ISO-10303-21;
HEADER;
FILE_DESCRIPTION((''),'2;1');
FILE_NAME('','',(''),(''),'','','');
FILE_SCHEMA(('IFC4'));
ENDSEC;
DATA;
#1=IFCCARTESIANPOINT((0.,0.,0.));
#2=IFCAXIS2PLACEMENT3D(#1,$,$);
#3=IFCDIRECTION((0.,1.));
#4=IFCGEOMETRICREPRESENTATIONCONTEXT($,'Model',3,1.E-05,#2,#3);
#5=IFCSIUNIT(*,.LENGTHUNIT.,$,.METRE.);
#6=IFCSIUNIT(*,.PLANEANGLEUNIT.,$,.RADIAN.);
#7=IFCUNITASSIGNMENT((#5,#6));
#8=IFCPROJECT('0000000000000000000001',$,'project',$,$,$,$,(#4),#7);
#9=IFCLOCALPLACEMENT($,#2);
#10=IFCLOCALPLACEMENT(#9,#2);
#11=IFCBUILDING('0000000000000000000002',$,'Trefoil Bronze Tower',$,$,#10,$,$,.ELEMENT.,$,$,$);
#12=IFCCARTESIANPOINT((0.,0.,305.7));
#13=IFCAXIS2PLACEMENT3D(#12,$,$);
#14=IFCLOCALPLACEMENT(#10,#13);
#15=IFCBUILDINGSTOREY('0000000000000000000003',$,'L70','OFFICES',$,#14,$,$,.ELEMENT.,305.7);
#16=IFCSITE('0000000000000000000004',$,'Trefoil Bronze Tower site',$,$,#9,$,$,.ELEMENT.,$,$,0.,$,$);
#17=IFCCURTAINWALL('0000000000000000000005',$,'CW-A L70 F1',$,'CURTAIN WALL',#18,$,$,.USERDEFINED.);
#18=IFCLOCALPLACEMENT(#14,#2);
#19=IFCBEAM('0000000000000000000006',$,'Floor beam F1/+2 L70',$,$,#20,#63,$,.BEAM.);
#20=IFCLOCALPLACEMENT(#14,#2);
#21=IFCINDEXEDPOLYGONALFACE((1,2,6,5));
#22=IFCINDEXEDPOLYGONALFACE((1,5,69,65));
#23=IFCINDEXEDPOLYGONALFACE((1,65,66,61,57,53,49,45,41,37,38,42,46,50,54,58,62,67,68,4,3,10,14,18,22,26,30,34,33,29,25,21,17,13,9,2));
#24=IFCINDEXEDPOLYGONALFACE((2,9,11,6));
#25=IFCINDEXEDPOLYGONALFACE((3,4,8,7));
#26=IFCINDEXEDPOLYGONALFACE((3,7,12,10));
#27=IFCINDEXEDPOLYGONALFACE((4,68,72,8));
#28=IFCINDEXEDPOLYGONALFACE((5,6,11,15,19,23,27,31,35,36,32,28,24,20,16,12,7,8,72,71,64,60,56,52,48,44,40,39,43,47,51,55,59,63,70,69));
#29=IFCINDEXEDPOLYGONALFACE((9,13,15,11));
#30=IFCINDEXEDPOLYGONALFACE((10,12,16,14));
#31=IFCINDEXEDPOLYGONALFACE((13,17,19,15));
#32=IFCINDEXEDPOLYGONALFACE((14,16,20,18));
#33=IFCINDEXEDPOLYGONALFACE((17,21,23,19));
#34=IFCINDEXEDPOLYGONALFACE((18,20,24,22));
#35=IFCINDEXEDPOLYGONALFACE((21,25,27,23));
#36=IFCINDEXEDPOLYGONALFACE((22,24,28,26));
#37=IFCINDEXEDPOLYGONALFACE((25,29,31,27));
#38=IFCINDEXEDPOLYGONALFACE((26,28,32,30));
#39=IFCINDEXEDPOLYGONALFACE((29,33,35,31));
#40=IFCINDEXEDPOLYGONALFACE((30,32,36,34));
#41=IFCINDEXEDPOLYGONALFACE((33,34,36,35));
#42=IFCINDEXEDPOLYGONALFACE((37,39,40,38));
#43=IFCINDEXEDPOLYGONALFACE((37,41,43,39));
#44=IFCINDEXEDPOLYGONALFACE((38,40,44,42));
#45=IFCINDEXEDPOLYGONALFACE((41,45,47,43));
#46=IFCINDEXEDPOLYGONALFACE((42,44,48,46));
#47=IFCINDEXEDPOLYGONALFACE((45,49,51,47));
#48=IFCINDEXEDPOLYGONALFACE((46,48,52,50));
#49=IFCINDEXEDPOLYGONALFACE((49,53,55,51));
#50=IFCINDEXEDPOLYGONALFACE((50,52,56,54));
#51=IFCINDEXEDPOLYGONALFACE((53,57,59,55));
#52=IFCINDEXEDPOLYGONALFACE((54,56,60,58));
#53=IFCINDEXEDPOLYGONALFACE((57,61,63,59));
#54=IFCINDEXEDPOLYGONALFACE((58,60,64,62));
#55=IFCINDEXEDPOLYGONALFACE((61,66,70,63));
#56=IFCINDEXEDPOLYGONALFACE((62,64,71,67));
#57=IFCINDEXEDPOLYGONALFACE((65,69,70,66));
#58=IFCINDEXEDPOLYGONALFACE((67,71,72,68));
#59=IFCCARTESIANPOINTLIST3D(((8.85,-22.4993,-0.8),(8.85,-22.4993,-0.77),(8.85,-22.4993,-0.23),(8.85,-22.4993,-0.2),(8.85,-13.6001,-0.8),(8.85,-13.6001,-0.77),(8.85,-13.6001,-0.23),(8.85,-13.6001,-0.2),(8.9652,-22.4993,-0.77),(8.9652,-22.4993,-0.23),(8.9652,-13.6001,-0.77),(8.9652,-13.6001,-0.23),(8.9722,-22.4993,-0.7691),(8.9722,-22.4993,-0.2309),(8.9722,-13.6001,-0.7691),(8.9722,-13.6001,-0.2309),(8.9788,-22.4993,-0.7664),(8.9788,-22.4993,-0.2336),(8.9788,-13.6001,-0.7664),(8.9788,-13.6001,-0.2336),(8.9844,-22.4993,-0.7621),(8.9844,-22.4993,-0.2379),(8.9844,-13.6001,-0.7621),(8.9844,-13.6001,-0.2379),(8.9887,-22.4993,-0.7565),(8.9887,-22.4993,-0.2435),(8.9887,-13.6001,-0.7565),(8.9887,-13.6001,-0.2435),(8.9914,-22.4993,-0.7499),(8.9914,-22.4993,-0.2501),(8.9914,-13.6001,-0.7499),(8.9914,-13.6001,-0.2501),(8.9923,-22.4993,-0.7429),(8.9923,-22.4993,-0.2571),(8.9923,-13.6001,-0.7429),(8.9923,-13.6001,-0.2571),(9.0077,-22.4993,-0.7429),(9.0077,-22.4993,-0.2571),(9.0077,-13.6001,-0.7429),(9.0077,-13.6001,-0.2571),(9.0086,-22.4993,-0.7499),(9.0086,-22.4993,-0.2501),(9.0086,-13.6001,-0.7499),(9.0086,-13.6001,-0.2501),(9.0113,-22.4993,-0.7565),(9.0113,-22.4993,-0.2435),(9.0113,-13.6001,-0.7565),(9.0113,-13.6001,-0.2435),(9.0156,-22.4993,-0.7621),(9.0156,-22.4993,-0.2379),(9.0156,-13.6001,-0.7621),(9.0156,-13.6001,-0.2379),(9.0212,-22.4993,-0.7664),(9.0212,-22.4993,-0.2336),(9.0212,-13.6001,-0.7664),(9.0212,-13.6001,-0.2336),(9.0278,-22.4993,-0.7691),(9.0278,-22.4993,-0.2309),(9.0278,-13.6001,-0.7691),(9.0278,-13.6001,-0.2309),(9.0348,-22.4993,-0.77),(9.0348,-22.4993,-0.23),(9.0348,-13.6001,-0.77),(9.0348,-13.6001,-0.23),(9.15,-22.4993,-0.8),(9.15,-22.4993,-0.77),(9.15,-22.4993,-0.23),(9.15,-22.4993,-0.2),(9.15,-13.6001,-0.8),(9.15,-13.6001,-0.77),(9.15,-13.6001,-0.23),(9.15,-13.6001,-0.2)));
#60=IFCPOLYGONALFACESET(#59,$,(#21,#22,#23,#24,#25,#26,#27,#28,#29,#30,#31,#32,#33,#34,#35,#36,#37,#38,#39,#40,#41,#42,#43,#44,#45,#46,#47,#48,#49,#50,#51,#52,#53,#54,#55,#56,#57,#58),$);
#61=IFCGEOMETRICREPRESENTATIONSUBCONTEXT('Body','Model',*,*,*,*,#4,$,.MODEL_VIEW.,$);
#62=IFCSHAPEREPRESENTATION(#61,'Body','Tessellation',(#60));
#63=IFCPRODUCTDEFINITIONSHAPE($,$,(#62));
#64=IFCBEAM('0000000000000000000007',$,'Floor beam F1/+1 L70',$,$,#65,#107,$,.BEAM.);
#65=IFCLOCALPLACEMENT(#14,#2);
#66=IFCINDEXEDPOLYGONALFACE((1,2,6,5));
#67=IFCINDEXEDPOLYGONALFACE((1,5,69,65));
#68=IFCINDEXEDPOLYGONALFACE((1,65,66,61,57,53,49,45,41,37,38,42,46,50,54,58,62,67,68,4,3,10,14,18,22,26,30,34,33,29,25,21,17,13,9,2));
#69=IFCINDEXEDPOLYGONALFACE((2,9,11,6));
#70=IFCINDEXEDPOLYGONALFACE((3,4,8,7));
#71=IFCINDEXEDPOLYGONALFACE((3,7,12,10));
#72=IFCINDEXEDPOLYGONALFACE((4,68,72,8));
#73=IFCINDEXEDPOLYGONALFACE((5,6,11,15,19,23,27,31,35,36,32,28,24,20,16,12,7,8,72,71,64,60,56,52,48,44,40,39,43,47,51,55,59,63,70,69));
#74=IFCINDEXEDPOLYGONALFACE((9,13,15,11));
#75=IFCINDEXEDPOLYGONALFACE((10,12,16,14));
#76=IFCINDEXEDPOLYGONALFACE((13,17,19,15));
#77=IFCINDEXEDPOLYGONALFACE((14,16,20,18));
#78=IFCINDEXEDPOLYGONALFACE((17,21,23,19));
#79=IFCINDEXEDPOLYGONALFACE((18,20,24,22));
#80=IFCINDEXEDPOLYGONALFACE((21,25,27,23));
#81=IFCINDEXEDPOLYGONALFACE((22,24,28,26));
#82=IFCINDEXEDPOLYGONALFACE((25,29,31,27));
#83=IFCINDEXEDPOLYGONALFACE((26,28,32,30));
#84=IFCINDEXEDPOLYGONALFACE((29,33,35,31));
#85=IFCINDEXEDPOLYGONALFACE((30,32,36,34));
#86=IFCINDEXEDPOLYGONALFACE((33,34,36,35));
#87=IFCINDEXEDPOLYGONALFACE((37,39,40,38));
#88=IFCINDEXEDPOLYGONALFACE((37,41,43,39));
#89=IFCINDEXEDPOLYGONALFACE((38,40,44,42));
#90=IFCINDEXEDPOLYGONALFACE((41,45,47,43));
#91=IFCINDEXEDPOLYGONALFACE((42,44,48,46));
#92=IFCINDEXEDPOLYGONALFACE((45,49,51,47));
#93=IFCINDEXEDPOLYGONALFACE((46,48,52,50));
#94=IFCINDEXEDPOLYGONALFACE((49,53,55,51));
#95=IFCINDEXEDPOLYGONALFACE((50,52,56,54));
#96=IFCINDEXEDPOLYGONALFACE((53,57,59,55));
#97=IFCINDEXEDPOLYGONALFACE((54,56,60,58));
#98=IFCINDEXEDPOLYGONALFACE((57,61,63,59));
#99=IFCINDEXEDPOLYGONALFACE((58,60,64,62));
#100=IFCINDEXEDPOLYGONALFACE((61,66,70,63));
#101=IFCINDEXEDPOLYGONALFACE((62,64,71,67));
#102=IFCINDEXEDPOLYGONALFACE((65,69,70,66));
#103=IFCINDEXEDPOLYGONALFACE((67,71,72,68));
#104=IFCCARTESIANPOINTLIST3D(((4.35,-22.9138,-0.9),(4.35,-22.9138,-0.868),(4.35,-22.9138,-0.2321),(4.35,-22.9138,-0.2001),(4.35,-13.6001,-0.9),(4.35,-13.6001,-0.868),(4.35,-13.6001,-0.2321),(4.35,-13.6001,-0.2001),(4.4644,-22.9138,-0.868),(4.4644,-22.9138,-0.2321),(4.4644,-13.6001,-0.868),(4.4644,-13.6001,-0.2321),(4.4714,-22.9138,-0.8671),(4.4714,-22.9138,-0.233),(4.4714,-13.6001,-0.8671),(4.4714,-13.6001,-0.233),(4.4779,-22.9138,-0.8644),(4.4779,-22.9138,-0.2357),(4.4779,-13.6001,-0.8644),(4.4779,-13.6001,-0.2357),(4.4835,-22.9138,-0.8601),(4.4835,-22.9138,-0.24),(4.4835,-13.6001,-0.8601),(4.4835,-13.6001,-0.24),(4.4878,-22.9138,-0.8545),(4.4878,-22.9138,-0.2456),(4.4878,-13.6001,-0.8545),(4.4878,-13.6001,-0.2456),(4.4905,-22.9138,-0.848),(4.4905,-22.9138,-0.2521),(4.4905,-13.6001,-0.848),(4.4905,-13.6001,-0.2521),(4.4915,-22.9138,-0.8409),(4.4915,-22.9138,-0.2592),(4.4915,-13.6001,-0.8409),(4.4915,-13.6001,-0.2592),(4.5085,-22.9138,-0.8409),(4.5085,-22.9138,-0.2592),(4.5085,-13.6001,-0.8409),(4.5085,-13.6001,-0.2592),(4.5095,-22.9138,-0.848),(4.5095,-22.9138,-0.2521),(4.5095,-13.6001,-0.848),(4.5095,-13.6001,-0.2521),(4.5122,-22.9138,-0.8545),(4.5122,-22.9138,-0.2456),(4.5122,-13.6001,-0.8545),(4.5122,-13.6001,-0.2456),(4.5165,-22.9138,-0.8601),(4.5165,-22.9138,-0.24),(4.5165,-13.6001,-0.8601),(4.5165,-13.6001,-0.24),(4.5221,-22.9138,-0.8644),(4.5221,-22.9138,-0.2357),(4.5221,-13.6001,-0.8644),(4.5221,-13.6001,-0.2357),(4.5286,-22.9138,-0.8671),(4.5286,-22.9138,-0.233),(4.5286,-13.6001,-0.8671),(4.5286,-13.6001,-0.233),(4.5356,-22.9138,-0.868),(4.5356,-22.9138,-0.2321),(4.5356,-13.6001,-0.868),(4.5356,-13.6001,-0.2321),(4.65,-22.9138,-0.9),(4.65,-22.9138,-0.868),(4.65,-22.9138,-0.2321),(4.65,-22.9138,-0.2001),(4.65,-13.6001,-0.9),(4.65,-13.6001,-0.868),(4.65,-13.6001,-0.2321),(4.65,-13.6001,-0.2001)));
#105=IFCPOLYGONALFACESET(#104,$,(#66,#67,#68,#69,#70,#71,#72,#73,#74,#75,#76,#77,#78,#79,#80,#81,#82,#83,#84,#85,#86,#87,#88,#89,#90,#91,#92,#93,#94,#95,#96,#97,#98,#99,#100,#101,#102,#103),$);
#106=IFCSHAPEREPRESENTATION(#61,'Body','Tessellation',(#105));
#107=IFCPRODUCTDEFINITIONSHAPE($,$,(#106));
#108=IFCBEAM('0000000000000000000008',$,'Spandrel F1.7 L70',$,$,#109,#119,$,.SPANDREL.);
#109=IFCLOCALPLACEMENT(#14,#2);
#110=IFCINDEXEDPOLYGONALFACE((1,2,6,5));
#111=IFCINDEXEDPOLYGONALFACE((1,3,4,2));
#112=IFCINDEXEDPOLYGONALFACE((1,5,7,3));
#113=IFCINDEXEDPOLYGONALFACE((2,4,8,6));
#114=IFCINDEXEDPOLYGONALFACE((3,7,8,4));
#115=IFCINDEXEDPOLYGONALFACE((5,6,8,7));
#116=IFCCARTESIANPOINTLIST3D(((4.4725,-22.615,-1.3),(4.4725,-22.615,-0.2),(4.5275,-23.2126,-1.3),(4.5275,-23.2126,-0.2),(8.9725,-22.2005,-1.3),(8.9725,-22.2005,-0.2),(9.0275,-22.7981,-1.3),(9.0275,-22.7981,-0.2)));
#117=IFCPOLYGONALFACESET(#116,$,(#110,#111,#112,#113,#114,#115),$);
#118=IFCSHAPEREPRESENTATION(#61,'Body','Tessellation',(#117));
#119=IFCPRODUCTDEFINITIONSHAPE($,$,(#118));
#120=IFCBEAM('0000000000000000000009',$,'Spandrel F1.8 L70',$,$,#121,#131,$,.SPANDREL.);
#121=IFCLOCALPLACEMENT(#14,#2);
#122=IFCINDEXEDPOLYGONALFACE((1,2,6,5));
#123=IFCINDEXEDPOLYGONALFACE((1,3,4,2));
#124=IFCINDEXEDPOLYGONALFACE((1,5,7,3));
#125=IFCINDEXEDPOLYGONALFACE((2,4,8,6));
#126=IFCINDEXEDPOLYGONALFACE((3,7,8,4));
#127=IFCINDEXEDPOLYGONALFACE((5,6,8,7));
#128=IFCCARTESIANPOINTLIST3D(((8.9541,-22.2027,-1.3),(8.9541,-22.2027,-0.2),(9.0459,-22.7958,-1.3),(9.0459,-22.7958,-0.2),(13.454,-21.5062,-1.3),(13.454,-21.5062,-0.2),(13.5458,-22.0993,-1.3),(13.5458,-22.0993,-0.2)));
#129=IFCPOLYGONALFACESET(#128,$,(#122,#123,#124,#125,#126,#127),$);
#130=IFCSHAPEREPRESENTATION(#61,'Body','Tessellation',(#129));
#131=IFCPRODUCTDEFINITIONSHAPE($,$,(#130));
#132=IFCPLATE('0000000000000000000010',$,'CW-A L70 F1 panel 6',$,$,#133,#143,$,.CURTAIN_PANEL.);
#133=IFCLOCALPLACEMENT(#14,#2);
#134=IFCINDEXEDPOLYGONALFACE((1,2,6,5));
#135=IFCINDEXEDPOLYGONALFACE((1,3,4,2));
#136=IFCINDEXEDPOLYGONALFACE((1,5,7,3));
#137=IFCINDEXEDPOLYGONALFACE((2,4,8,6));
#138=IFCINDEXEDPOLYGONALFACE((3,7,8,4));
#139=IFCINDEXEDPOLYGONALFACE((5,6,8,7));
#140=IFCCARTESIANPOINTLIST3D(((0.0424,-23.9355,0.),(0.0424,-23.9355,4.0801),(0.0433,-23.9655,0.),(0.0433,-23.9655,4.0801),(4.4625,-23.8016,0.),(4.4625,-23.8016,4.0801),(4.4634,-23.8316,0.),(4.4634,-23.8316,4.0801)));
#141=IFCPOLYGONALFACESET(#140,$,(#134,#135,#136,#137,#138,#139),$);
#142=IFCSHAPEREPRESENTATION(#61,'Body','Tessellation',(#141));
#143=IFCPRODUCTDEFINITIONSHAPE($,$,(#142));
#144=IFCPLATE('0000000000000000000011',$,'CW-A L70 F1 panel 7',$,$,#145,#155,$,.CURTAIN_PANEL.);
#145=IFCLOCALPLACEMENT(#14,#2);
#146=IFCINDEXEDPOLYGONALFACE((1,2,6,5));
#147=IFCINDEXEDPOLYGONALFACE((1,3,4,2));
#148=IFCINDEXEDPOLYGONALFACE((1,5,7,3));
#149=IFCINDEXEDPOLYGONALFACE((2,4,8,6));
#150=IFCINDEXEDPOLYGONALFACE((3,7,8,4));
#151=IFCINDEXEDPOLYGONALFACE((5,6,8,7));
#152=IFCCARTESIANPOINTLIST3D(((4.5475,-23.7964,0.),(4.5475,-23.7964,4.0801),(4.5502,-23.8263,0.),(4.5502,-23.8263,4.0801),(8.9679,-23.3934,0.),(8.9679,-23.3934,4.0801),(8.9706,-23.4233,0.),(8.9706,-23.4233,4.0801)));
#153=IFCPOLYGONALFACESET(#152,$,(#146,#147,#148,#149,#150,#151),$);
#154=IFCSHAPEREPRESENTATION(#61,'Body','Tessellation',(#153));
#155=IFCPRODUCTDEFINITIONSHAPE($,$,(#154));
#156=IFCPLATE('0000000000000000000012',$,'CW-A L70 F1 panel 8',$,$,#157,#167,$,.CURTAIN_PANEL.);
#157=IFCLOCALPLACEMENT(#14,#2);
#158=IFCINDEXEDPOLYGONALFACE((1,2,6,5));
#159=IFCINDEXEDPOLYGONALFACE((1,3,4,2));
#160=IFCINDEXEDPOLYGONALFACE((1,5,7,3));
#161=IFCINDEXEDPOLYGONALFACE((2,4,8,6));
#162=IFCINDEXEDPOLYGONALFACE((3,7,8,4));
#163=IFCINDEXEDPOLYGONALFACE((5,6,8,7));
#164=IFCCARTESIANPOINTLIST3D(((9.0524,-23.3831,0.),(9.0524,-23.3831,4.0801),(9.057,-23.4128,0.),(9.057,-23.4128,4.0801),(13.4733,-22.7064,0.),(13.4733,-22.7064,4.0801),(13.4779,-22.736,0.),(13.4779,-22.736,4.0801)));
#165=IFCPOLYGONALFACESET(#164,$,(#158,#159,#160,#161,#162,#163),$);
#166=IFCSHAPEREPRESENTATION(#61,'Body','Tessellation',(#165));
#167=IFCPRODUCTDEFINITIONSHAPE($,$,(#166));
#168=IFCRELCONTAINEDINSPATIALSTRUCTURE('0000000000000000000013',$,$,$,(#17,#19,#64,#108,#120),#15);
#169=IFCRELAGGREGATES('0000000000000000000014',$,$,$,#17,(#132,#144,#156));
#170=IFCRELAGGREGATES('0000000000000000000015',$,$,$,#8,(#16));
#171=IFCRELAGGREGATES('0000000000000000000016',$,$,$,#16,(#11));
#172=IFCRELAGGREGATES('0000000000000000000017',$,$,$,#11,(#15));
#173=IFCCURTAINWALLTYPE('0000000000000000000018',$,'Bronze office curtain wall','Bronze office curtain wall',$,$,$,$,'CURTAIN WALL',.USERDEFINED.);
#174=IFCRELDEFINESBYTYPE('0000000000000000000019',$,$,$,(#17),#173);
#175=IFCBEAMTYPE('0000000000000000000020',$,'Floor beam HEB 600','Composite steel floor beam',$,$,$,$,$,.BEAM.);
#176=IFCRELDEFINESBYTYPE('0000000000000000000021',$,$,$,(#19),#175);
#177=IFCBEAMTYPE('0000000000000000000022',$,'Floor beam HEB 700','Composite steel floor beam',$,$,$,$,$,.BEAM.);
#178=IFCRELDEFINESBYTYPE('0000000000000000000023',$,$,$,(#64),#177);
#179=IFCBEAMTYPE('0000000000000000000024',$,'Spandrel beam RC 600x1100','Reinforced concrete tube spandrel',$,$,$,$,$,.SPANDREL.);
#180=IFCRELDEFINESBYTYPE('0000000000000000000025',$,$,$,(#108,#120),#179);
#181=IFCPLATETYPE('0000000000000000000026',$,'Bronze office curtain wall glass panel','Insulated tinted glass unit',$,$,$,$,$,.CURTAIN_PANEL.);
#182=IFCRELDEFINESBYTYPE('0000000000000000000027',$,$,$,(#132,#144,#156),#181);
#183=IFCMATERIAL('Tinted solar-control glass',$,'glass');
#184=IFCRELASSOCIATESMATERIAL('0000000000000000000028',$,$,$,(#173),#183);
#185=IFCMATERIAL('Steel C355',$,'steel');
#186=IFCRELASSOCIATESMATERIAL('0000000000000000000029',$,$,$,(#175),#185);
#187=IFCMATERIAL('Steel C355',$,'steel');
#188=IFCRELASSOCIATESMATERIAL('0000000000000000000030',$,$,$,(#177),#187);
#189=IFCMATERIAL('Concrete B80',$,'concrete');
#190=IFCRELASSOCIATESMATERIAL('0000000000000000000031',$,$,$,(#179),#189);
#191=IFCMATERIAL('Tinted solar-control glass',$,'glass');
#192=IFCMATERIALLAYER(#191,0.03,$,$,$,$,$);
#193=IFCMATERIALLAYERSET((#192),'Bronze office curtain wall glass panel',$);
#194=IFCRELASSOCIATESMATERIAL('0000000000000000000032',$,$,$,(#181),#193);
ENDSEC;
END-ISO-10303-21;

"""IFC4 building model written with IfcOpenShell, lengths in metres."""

from ifc_helpers import new_model, si_unit, direction, frame, origin, origin_2d, place, context, subcontext, project, spatial, rectangle, i_section, extrude, material, layer, layer_set, material_profile, profile_set, type_object, element, aggregate, save


model = new_model("IFC4")

# Units and contexts
model_context = context("Model", 3, precision=1e-05, world=origin(), true_north=direction((0.0, 1.0)))
body_context = subcontext(model_context, "Body", "Model", "MODEL_VIEW")
ifc_project = project(units=[si_unit("LENGTHUNIT", "METRE"), si_unit("PLANEANGLEUNIT", "RADIAN")], contexts=[model_context])

# Site, building, storey
site_placement = place(None, origin())
site = spatial("IfcSite", under=ifc_project, at=site_placement, Name="Trefoil Bronze Tower site", CompositionType="ELEMENT", RefElevation=0.0)
building_placement = place(site_placement, origin())
building = spatial("IfcBuilding", under=site, at=building_placement, Name="Trefoil Bronze Tower", CompositionType="ELEMENT")
storey_placement = place(building_placement, frame((0.0, 0.0, 305.7)))
storey = spatial("IfcBuildingStorey", under=building, at=storey_placement, Name="L70", Description="OFFICES", CompositionType="ELEMENT", Elevation=305.7)

# Curtain wall
ifc_material_1 = material(Name="Tinted solar-control glass", Category="glass")
curtain_wall_type = type_object("IfcCurtainWallType", Name="Bronze office curtain wall", Description="Bronze office curtain wall", ElementType="CURTAIN WALL", PredefinedType="USERDEFINED", material=ifc_material_1)
curtain_wall_placement = place(storey_placement, origin())
curtain_wall = element("IfcCurtainWall", 1, at=curtain_wall_placement, inside=storey, type_object=curtain_wall_type, Name="CW-A L70 F1", ObjectType="CURTAIN WALL", PredefinedType="USERDEFINED")

# Beams
ifc_material_2 = material(Name="Steel C355", Category="steel")
ifc_material_profile_1 = material_profile(ifc_material_2, i_section(OverallWidth=0.3, OverallDepth=0.6001, WebThickness=0.0154, FlangeThickness=0.03, FilletRadius=0.0271, at=origin_2d()), Name="HEB 600")
ifc_profile_set_1 = profile_set([ifc_material_profile_1], Name="Steel C355")
beam_type_1 = type_object("IfcBeamType", Name="Floor beam HEB 600", Description="Composite steel floor beam", PredefinedType="BEAM", material=ifc_profile_set_1)
beam_1_placement = place(storey_placement, frame((9.0, -22.4993, -0.5), z_axis=(0.0, 1.0, 0.0), x_axis=(-1.0, 0.0, 0.0)))
element("IfcBeam", 2, at=beam_1_placement, inside=storey, type_object=beam_type_1, Name="Floor beam F1/+2 L70", PredefinedType="BEAM", context=body_context, shape_type="SweptSolid", body=[
    extrude(i_section(OverallWidth=0.3, OverallDepth=0.6001, WebThickness=0.0154, FlangeThickness=0.03, FilletRadius=0.0271, at=origin_2d()), origin(), (0.0, 0.0, 1.0), 8.8992),
])
ifc_material_3 = material(Name="Steel C355", Category="steel")
ifc_material_profile_2 = material_profile(ifc_material_3, i_section(OverallWidth=0.3, OverallDepth=0.7, WebThickness=0.0171, FlangeThickness=0.032, FilletRadius=0.0271, at=origin_2d()), Name="HEB 700")
ifc_profile_set_2 = profile_set([ifc_material_profile_2], Name="Steel C355")
beam_type_2 = type_object("IfcBeamType", Name="Floor beam HEB 700", Description="Composite steel floor beam", PredefinedType="BEAM", material=ifc_profile_set_2)
beam_2_placement = place(storey_placement, frame((4.5, -22.9138, -0.55), z_axis=(0.0, 1.0, 0.0), x_axis=(-1.0, 0.0, 0.0)))
element("IfcBeam", 3, at=beam_2_placement, inside=storey, type_object=beam_type_2, Name="Floor beam F1/+1 L70", PredefinedType="BEAM", context=body_context, shape_type="SweptSolid", body=[
    extrude(i_section(OverallWidth=0.3, OverallDepth=0.7, WebThickness=0.0171, FlangeThickness=0.032, FilletRadius=0.0271, at=origin_2d()), origin(), (0.0, 0.0, 1.0), 9.3137),
])
ifc_material_4 = material(Name="Concrete B80", Category="concrete")
ifc_material_profile_3 = material_profile(ifc_material_4, rectangle(XDim=0.6001, YDim=1.1001, at=origin_2d()), Name="RC 600x1100")
ifc_profile_set_3 = profile_set([ifc_material_profile_3], Name="Concrete B80")
beam_type_3 = type_object("IfcBeamType", Name="Spandrel beam RC 600x1100", Description="Reinforced concrete tube spandrel", PredefinedType="SPANDREL", material=ifc_profile_set_3)
beam_3_placement = place(storey_placement, frame((4.5, -22.9138, -0.75), z_axis=(0.995784, 0.091734, 0.0), x_axis=(-0.091734, 0.995784, 0.0)))
element("IfcBeam", 4, at=beam_3_placement, inside=storey, type_object=beam_type_3, Name="Spandrel F1.7 L70", PredefinedType="SPANDREL", context=body_context, shape_type="SweptSolid", body=[
    extrude(rectangle(XDim=0.6001, YDim=1.1001, at=origin_2d()), origin(), (0.0, 0.0, 1.0), 4.519),
])
beam_4_placement = place(storey_placement, frame((9.0, -22.4993, -0.75), z_axis=(0.988232, 0.152964, 0.0), x_axis=(-0.152964, 0.988232, 0.0)))
element("IfcBeam", 5, at=beam_4_placement, inside=storey, type_object=beam_type_3, Name="Spandrel F1.8 L70", PredefinedType="SPANDREL", context=body_context, shape_type="SweptSolid", body=[
    extrude(rectangle(XDim=0.6001, YDim=1.1001, at=origin_2d()), origin(), (0.0, 0.0, 1.0), 4.5535),
])

# Plates
ifc_material_5 = material(Name="Tinted solar-control glass", Category="glass")
ifc_layer_1 = layer(ifc_material_5, 0.03)
ifc_layer_set_1 = layer_set([ifc_layer_1], Name="Bronze office curtain wall glass panel")
plate_type = type_object("IfcPlateType", Name="Bronze office curtain wall glass panel", Description="Insulated tinted glass unit", PredefinedType="CURTAIN_PANEL", material=ifc_layer_set_1)
plate_1_placement = place(storey_placement, frame((2.2529, -23.8835, 0.0), z_axis=(0.0, 0.0, 1.0), x_axis=(0.999542, 0.030263, 0.0)))
plate_1 = element("IfcPlate", 6, at=plate_1_placement, type_object=plate_type, Name="CW-A L70 F1 panel 6", PredefinedType="CURTAIN_PANEL", context=body_context, shape_type="SweptSolid", body=[
    extrude(rectangle(XDim=4.4221, YDim=0.03, at=origin_2d()), origin(), (0.0, 0.0, 1.0), 4.0801),
])
plate_2_placement = place(storey_placement, frame((6.759, -23.6099, 0.0), z_axis=(0.0, 0.0, 1.0), x_axis=(0.99587, 0.090789, 0.0)))
plate_2 = element("IfcPlate", 7, at=plate_2_placement, type_object=plate_type, Name="CW-A L70 F1 panel 7", PredefinedType="CURTAIN_PANEL", context=body_context, shape_type="SweptSolid", body=[
    extrude(rectangle(XDim=4.4387, YDim=0.03, at=origin_2d()), origin(), (0.0, 0.0, 1.0), 4.0801),
])
plate_3_placement = place(storey_placement, frame((11.2651, -23.0596, 0.0), z_axis=(0.0, 0.0, 1.0), x_axis=(0.988485, 0.151317, 0.0)))
plate_3 = element("IfcPlate", 8, at=plate_3_placement, type_object=plate_type, Name="CW-A L70 F1 panel 8", PredefinedType="CURTAIN_PANEL", context=body_context, shape_type="SweptSolid", body=[
    extrude(rectangle(XDim=4.4724, YDim=0.03, at=origin_2d()), origin(), (0.0, 0.0, 1.0), 4.0801),
])
aggregate(curtain_wall, [plate_1, plate_2, plate_3])

save(model, "model.ifc")
